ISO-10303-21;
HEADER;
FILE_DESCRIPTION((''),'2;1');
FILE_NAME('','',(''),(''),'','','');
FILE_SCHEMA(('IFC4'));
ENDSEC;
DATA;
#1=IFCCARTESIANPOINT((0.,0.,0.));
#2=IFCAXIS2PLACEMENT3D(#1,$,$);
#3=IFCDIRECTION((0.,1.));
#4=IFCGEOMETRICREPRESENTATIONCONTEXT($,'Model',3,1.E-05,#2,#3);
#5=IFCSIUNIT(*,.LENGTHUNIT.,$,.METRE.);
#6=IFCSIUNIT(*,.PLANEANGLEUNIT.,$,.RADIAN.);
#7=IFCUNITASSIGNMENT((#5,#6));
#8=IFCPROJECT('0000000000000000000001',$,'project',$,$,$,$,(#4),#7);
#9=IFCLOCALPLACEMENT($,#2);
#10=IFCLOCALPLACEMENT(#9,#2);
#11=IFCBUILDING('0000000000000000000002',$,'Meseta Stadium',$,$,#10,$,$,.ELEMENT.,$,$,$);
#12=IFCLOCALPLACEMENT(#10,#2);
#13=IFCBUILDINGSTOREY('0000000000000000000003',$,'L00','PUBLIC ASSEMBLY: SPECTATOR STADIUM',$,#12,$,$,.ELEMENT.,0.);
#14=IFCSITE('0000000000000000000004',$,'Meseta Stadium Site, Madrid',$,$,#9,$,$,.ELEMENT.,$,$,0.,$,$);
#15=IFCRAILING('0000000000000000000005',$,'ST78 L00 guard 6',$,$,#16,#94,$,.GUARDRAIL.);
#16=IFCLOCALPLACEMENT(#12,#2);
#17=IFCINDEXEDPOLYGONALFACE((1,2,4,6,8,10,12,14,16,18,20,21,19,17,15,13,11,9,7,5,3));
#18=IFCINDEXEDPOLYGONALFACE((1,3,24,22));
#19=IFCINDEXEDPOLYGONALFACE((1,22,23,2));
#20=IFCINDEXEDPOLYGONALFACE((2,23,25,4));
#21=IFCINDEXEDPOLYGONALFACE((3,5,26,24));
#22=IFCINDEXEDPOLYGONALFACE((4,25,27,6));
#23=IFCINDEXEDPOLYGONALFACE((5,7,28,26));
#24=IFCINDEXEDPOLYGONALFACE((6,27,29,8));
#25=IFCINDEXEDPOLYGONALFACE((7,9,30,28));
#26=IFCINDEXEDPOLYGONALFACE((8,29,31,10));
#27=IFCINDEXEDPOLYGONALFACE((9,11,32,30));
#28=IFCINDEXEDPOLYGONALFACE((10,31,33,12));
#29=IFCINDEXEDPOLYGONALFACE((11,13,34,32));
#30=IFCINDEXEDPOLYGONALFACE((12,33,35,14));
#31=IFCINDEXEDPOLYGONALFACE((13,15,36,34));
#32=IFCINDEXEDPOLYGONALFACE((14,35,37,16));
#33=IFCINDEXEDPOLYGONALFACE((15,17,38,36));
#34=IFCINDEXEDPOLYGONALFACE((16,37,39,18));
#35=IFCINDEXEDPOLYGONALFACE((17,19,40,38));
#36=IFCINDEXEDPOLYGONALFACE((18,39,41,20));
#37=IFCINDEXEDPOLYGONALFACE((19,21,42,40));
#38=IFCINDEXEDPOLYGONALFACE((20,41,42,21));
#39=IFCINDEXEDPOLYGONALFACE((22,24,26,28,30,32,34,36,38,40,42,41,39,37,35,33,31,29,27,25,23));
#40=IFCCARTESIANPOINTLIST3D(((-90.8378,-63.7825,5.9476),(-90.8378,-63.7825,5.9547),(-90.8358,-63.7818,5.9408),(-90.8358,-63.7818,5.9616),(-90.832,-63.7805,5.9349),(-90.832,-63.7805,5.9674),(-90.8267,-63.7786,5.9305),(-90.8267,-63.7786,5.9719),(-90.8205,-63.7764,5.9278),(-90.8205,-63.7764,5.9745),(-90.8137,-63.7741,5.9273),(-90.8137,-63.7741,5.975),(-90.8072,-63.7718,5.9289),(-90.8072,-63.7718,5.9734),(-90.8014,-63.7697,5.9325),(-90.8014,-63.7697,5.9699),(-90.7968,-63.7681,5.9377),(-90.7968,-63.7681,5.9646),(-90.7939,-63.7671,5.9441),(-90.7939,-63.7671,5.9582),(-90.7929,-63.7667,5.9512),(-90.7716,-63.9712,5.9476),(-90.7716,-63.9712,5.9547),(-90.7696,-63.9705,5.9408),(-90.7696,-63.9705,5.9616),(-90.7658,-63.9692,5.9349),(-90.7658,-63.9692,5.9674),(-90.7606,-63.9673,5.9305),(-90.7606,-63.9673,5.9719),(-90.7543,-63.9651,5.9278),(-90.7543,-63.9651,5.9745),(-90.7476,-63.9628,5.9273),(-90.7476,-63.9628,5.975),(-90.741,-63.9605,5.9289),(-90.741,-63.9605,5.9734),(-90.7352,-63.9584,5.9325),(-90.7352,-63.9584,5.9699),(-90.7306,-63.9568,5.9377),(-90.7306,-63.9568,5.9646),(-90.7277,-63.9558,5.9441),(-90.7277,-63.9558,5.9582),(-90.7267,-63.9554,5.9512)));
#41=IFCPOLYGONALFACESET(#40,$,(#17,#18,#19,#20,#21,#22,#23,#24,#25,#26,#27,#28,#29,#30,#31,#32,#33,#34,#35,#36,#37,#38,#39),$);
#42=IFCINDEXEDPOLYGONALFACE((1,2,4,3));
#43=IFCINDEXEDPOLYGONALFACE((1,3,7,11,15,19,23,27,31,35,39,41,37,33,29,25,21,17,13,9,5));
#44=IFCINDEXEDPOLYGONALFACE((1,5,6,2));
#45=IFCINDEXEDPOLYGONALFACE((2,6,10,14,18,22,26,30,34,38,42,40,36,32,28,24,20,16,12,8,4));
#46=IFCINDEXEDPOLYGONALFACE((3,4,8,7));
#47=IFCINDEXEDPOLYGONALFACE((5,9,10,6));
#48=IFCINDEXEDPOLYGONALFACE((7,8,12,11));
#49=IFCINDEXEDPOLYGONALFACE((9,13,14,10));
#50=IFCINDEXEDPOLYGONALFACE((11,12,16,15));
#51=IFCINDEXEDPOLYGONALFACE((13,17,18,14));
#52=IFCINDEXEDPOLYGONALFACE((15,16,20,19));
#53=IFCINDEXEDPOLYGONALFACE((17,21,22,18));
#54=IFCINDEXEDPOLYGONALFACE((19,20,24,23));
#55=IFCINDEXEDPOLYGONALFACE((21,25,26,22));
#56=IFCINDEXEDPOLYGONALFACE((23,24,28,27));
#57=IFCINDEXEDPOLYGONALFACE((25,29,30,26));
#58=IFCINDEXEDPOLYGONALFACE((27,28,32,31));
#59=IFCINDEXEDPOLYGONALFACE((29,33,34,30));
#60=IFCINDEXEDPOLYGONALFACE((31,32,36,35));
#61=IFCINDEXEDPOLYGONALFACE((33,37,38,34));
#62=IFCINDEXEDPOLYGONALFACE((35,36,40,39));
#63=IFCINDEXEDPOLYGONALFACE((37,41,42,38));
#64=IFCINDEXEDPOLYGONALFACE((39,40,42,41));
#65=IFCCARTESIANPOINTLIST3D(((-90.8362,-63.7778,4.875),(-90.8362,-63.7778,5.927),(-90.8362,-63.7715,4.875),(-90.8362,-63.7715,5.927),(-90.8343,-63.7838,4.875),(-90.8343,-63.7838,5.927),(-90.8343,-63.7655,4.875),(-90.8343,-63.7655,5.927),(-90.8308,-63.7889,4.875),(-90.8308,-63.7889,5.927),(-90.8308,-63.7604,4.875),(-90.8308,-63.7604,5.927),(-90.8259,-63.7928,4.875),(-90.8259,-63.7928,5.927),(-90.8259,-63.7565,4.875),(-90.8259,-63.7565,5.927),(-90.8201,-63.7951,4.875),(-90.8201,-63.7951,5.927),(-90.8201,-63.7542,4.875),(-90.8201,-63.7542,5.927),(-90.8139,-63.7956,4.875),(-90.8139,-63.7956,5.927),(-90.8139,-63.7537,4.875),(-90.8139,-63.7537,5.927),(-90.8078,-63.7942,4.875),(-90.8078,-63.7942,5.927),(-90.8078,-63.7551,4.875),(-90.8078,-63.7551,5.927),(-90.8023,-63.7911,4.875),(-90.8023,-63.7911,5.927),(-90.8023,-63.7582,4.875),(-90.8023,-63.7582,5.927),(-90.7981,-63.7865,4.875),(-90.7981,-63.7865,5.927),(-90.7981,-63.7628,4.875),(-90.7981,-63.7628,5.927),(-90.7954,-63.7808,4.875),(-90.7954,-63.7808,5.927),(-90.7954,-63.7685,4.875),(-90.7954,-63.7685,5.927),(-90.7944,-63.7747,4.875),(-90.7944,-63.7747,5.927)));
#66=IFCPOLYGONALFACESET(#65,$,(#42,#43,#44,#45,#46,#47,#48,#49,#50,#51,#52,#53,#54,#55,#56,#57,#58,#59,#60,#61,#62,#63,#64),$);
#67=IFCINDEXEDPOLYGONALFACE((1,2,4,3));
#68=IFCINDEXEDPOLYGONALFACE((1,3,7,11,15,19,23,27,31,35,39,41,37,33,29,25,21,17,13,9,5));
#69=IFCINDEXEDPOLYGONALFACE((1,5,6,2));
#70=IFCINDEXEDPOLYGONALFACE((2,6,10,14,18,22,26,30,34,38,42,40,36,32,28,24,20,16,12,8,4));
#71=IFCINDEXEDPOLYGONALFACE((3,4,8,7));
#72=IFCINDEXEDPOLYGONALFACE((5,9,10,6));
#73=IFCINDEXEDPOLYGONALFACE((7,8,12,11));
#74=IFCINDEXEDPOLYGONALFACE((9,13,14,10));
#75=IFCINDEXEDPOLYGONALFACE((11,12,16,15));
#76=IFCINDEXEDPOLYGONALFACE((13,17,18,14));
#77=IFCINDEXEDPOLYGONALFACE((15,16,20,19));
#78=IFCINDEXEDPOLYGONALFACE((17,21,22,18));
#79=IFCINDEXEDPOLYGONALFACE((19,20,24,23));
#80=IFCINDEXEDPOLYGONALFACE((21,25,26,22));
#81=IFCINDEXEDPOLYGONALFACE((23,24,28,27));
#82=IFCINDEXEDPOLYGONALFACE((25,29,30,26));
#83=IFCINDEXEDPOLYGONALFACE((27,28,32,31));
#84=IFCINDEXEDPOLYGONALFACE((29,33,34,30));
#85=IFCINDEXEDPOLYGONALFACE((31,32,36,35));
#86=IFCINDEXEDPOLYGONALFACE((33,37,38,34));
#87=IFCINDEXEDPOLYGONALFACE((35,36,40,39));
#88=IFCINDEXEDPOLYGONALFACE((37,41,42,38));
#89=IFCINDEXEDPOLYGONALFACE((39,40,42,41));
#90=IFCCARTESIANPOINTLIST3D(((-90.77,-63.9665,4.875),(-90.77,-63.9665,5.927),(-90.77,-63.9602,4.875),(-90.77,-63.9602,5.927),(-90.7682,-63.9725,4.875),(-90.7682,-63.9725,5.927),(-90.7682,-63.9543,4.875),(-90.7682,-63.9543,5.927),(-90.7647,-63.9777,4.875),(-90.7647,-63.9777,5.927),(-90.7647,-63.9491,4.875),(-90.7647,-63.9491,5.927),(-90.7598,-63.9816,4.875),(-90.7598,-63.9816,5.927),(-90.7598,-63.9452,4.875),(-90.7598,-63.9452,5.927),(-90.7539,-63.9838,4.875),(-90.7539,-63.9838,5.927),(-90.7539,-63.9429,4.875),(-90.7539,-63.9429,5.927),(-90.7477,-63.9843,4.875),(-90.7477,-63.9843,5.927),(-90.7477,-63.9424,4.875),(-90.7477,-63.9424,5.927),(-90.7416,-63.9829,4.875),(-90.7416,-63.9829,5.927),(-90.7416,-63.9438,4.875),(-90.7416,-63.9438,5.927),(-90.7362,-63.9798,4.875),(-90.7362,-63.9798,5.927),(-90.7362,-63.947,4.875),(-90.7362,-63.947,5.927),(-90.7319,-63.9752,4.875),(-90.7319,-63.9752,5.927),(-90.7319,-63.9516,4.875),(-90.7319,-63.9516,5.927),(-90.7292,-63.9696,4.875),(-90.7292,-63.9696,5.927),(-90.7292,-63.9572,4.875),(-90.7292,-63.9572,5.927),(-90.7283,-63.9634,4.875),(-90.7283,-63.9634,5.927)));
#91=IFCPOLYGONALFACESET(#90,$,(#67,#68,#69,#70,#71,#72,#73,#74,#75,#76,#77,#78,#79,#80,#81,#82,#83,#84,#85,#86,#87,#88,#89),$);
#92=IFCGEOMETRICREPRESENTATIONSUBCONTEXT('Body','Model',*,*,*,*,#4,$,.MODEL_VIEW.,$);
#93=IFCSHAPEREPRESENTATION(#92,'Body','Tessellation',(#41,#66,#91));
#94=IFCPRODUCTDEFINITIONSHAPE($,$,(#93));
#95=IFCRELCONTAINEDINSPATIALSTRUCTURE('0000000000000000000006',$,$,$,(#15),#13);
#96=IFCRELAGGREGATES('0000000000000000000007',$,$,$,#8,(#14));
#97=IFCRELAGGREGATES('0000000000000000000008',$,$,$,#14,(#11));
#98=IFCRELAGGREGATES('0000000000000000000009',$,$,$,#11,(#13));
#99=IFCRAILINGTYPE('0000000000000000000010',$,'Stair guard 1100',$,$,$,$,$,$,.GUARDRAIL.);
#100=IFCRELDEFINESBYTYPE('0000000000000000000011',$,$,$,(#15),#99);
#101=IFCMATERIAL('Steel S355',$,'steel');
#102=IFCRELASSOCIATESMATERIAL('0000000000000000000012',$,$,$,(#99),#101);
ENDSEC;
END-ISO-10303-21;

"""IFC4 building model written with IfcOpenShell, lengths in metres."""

from ifc_helpers import new_model, si_unit, direction, frame, origin, origin_2d, place, context, subcontext, project, spatial, circle, extrude, material, type_object, element, save


model = new_model("IFC4")

# Units and contexts
model_context = context("Model", 3, precision=1e-05, world=origin(), true_north=direction((0.0, 1.0)))
body_context = subcontext(model_context, "Body", "Model", "MODEL_VIEW")
ifc_project = project(units=[si_unit("LENGTHUNIT", "METRE"), si_unit("PLANEANGLEUNIT", "RADIAN")], contexts=[model_context])

# Site, building, storey
site_placement = place(None, origin())
site = spatial("IfcSite", under=ifc_project, at=site_placement, Name="Meseta Stadium Site, Madrid", CompositionType="ELEMENT", RefElevation=0.0)
building_placement = place(site_placement, origin())
building = spatial("IfcBuilding", under=site, at=building_placement, Name="Meseta Stadium", CompositionType="ELEMENT")
storey_placement = place(building_placement, origin())
storey = spatial("IfcBuildingStorey", under=building, at=storey_placement, Name="L00", Description="PUBLIC ASSEMBLY: SPECTATOR STADIUM", CompositionType="ELEMENT", Elevation=0.0)

# Railing
ifc_material_1 = material(Name="Steel S355", Category="steel")
railing_type_1 = type_object("IfcRailingType", Name="Stair guard 1100", PredefinedType="GUARDRAIL", material=ifc_material_1)
railing_1_placement = place(storey_placement, frame((-90.8154, -63.7747, 4.875)))
element("IfcRailing", 1, at=railing_1_placement, inside=storey, type_object=railing_type_1, Name="ST78 L00 guard 6", PredefinedType="GUARDRAIL", context=body_context, shape_type="SweptSolid", body=[
    extrude(circle(Radius=0.0239, at=origin_2d()), frame((0.0, 0.0, 1.0762), z_axis=(0.33084, -0.943687, 0.0), x_axis=(0.943687, 0.33084, 0.0)), (0.0, 0.0, 1.0), 0.2),
    extrude(circle(Radius=0.021, at=origin_2d()), origin(), (0.0, 0.0, 1.0), 1.052),
    extrude(circle(Radius=0.021, at=origin_2d()), frame((0.0662, -0.1887, 0.0)), (0.0, 0.0, 1.0), 1.052),
])

save(model, "model.ifc")
